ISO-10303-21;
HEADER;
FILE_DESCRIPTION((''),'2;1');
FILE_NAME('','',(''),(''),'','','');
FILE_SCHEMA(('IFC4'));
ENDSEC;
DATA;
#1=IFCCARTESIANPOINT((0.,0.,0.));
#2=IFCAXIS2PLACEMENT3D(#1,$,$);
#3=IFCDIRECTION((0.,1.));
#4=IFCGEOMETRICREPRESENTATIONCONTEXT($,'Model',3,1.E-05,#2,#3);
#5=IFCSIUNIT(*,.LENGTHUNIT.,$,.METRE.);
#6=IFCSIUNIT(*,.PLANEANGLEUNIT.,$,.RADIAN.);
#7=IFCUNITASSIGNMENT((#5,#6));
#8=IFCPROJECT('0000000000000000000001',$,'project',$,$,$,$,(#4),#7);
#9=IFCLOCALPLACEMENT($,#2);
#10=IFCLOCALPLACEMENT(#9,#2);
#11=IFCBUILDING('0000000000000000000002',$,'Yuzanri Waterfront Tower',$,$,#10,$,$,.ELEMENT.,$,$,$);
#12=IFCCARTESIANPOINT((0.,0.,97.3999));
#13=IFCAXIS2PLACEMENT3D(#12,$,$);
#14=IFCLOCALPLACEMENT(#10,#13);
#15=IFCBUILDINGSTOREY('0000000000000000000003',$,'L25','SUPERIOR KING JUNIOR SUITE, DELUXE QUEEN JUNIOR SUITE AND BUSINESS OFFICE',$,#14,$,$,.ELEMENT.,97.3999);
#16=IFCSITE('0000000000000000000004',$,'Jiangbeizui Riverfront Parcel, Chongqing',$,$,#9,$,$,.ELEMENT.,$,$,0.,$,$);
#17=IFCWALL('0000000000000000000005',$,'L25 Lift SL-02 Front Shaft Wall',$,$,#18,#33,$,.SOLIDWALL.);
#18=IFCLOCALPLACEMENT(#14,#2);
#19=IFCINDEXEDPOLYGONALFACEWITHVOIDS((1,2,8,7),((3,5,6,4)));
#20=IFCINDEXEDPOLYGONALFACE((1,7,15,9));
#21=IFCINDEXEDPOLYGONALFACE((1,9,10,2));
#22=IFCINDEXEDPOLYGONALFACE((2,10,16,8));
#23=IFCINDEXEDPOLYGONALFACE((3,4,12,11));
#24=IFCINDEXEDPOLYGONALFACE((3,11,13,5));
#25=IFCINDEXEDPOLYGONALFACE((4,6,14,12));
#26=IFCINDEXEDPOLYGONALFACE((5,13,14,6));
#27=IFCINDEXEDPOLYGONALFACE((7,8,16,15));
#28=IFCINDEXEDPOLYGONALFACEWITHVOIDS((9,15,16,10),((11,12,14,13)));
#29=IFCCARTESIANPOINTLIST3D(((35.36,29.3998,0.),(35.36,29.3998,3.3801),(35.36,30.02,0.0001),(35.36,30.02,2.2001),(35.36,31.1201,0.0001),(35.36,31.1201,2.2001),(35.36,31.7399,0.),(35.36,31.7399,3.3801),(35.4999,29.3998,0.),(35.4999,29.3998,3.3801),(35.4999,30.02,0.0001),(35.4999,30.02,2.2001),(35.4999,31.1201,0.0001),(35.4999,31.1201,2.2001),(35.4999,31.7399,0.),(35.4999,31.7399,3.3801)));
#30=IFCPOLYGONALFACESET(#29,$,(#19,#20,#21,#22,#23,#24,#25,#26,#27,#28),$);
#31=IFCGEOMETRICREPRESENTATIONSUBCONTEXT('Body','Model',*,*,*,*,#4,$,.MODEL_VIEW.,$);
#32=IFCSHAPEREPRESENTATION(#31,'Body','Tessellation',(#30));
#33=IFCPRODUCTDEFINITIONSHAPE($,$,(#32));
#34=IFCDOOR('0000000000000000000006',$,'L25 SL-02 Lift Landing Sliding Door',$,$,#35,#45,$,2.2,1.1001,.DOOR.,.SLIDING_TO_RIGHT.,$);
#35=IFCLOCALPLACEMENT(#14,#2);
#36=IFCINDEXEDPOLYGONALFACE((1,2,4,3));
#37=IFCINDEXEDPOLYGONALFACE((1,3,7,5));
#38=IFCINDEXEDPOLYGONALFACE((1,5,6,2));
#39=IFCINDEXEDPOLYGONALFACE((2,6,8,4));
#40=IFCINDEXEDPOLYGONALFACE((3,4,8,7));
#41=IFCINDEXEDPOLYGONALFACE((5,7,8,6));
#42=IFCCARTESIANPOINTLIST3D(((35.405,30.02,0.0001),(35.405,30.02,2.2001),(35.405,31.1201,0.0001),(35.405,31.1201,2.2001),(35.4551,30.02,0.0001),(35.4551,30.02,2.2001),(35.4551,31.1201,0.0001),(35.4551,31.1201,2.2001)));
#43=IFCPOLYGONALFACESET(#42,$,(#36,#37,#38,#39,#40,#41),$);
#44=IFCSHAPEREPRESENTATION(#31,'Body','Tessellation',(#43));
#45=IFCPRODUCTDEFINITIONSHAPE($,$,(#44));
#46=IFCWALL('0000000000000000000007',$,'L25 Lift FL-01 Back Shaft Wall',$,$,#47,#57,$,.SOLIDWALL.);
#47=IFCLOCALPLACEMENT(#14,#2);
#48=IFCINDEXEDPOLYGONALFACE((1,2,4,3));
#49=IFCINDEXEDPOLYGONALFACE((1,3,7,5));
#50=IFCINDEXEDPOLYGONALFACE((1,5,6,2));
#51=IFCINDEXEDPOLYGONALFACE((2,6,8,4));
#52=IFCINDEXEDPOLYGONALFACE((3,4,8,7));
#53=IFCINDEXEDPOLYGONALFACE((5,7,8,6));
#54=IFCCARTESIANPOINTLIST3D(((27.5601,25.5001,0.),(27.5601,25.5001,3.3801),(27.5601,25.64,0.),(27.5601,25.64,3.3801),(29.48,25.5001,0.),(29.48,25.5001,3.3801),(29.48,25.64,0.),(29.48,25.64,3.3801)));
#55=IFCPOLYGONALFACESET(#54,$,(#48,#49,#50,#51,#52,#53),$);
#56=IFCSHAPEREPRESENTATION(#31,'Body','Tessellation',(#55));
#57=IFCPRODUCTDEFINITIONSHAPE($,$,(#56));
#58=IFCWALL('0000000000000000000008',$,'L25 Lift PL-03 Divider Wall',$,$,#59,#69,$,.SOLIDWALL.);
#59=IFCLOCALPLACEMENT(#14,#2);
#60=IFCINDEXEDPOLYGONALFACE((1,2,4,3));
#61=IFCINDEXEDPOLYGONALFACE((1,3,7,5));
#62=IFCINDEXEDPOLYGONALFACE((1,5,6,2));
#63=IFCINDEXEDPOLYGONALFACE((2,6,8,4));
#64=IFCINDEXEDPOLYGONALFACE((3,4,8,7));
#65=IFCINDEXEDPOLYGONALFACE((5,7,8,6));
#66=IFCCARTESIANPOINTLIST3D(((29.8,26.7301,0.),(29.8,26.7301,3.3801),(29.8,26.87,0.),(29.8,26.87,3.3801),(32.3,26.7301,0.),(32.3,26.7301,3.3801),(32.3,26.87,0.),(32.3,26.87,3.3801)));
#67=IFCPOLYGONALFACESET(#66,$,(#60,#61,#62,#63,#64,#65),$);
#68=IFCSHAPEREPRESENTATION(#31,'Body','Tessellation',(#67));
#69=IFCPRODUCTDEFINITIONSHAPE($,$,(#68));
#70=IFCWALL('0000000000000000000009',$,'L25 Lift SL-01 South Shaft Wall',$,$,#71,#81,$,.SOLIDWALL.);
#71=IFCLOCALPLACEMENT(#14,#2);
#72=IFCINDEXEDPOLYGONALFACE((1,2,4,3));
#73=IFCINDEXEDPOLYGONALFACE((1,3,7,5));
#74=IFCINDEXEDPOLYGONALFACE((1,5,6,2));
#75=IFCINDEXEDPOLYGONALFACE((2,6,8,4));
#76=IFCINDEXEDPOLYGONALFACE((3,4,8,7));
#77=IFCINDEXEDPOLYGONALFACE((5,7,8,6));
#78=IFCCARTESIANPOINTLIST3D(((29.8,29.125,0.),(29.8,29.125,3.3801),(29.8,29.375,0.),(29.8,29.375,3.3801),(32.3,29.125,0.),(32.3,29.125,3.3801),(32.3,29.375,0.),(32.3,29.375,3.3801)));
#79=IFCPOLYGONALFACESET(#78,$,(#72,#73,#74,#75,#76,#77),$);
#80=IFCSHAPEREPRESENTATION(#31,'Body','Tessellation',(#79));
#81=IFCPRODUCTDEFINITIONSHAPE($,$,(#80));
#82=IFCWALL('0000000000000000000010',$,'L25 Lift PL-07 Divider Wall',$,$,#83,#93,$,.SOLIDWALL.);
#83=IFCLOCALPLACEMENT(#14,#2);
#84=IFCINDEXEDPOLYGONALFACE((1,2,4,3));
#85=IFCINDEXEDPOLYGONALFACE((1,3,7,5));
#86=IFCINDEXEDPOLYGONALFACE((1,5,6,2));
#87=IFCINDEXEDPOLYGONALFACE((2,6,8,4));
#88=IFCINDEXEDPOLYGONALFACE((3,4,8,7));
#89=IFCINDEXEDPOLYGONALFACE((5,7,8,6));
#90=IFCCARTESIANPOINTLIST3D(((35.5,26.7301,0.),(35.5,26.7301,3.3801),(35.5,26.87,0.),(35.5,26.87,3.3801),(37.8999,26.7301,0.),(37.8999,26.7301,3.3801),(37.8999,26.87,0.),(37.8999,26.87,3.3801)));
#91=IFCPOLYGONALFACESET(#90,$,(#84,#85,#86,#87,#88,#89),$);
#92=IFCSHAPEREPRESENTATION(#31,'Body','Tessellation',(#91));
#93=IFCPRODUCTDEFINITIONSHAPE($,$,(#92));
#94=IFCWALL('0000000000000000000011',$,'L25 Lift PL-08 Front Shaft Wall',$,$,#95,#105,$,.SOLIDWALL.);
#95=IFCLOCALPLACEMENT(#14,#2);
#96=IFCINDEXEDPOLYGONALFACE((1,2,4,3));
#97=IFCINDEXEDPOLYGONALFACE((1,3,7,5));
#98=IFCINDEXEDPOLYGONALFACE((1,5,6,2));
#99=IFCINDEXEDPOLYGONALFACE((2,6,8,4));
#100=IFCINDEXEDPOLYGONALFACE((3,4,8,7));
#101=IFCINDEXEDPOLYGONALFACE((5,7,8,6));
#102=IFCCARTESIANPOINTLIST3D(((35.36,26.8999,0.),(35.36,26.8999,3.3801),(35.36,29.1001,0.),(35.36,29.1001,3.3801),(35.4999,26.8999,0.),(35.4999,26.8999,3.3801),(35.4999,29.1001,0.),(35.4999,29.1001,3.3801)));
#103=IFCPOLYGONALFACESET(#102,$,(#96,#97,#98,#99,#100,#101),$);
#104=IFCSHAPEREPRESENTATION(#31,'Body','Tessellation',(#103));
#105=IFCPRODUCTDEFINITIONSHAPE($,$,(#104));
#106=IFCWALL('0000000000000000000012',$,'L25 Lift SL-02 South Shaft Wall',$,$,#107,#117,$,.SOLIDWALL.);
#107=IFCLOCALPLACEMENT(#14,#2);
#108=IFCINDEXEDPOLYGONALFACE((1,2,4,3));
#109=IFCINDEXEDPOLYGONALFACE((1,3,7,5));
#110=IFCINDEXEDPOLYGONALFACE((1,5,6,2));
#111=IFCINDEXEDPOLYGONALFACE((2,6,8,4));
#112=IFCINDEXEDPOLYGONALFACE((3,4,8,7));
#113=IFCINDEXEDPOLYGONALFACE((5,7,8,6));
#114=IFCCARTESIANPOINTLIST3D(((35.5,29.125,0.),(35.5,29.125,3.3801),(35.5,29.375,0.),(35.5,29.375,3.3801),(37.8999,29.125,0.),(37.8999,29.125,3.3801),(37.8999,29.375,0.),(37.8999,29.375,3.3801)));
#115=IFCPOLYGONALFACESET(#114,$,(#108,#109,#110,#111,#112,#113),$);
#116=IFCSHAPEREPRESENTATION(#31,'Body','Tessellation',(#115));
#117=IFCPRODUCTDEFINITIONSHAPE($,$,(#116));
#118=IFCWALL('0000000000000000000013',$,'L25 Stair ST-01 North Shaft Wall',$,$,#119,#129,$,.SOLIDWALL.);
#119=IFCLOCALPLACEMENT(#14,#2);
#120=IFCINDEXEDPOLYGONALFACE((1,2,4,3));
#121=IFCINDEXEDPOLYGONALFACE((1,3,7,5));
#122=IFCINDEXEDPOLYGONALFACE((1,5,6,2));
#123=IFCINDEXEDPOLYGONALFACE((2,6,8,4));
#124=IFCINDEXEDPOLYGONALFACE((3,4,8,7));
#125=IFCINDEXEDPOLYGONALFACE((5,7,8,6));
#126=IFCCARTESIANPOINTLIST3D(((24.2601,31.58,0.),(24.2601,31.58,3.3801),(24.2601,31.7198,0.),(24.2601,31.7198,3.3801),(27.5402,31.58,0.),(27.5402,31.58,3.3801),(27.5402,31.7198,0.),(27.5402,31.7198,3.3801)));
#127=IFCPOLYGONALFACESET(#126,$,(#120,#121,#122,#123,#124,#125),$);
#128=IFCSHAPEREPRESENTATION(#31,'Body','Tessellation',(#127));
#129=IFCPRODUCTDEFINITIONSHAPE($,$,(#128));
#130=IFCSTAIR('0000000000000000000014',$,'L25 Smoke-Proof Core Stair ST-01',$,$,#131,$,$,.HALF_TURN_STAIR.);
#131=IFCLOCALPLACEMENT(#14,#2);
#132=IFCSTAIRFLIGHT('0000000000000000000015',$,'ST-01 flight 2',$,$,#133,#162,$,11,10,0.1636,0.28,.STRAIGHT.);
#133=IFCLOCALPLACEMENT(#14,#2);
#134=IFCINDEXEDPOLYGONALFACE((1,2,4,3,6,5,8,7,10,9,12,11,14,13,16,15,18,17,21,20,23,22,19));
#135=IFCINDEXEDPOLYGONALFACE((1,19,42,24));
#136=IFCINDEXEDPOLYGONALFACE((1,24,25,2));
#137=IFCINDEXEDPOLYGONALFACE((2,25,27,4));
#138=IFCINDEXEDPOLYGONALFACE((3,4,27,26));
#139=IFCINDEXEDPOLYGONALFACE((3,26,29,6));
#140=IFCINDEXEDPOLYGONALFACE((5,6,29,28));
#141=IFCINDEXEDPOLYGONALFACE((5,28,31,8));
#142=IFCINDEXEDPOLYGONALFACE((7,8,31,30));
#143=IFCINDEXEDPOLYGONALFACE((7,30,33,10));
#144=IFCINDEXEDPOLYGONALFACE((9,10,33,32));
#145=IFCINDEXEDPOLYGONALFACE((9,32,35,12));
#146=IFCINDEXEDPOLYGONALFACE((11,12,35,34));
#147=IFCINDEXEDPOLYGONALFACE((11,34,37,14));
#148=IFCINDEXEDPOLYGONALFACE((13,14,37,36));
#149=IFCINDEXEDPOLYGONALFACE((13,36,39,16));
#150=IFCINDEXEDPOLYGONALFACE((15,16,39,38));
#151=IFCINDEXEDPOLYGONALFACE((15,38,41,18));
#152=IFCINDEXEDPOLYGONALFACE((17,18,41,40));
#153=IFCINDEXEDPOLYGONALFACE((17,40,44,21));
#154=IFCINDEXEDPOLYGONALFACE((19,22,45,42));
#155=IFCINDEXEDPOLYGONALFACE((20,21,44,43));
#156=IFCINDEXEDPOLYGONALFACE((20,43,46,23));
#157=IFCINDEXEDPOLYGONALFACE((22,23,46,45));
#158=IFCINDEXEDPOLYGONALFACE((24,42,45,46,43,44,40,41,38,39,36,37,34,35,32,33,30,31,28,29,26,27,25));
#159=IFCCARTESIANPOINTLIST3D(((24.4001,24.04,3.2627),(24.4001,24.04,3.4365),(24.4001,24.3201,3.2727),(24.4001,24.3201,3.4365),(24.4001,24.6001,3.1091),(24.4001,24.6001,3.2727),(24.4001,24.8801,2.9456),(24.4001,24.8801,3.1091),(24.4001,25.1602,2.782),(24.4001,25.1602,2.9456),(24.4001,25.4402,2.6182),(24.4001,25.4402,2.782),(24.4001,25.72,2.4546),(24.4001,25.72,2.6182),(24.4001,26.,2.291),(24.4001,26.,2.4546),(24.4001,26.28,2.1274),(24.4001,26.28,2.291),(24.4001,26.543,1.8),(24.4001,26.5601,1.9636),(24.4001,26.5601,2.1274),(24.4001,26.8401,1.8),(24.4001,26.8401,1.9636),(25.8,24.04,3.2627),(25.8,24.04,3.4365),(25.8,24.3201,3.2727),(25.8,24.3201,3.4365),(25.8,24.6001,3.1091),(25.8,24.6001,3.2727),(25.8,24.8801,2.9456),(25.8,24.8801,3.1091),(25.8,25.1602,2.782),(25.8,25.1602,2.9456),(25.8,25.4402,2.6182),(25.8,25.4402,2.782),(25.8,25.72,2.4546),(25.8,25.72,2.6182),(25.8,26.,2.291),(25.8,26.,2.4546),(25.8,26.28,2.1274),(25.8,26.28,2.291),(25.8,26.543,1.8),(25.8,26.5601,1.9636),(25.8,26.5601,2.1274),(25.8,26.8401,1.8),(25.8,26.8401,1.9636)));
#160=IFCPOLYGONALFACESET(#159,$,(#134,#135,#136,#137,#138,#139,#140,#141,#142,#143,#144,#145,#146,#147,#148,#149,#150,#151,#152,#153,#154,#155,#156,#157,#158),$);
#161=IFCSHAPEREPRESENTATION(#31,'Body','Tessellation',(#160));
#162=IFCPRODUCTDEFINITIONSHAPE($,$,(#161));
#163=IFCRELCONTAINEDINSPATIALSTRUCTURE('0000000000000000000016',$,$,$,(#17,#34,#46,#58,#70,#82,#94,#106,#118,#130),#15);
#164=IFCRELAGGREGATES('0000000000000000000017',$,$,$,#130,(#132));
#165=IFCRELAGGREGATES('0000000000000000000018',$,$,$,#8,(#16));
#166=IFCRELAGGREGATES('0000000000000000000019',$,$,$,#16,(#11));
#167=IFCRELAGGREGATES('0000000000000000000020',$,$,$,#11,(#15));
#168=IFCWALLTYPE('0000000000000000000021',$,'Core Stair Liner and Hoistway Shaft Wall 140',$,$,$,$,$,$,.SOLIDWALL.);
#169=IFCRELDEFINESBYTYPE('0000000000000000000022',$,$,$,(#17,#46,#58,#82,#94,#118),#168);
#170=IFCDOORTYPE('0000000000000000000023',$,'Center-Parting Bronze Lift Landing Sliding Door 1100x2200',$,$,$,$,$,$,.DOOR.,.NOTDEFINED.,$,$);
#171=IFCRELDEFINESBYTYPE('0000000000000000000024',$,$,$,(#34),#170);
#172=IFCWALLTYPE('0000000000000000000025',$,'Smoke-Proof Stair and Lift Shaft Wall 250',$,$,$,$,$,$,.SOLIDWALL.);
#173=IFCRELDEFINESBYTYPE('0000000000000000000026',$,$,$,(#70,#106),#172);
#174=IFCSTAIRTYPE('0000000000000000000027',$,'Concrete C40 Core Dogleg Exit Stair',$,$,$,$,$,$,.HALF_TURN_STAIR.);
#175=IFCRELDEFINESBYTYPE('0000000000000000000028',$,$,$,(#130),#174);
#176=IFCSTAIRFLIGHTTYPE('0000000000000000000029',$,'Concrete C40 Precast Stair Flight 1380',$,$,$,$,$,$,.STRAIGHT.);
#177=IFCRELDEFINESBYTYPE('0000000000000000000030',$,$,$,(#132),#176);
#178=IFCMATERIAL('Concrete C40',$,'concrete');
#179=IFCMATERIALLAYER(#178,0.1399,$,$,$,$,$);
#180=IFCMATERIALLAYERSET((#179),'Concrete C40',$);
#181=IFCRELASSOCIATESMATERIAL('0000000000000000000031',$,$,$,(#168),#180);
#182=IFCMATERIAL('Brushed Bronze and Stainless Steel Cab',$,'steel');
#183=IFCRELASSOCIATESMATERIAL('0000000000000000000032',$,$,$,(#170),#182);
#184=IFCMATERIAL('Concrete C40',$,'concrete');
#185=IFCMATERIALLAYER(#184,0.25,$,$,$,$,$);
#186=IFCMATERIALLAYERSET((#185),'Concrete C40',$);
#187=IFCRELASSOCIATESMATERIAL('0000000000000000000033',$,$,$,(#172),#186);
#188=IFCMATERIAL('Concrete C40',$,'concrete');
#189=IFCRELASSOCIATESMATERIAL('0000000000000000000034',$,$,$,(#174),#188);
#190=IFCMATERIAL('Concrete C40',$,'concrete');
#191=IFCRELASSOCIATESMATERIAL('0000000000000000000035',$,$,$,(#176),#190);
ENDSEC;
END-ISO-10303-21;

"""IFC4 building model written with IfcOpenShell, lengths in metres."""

from ifc_helpers import new_model, si_unit, direction, frame, frame_2d, origin, place, context, subcontext, project, spatial, polyline, rectangle, outline, extrude, source, transform, mapped, material, layer, layer_set, type_object, element, fill, aggregate, save


model = new_model("IFC4")

# Units and contexts
model_context = context("Model", 3, precision=1e-05, world=origin(), true_north=direction((0.0, 1.0)))
body_context = subcontext(model_context, "Body", "Model", "MODEL_VIEW")
ifc_project = project(units=[si_unit("LENGTHUNIT", "METRE"), si_unit("PLANEANGLEUNIT", "RADIAN")], contexts=[model_context])

# Site, building, storey
site_placement = place(None, origin())
site = spatial("IfcSite", under=ifc_project, at=site_placement, Name="Jiangbeizui Riverfront Parcel, Chongqing", CompositionType="ELEMENT", RefElevation=0.0)
building_placement = place(site_placement, origin())
building = spatial("IfcBuilding", under=site, at=building_placement, Name="Yuzanri Waterfront Tower", CompositionType="ELEMENT")
storey_placement = place(building_placement, frame((0.0, 0.0, 97.3999)))
storey = spatial("IfcBuildingStorey", under=building, at=storey_placement, Name="L25", Description="SUPERIOR KING JUNIOR SUITE, DELUXE QUEEN JUNIOR SUITE AND BUSINESS OFFICE", CompositionType="ELEMENT", Elevation=97.3999)

# Wall, opening, door
ifc_material_1 = material(Name="Concrete C40", Category="concrete")
ifc_layer_1 = layer(ifc_material_1, 0.1399)
ifc_layer_set_1 = layer_set([ifc_layer_1], Name="Concrete C40")
wall_type_1 = type_object("IfcWallType", Name="Core Stair Liner and Hoistway Shaft Wall 140", PredefinedType="SOLIDWALL", material=ifc_layer_set_1)
ifc_material_2 = material(Name="Brushed Bronze and Stainless Steel Cab", Category="steel")
door_type_1 = type_object("IfcDoorType", Name="Center-Parting Bronze Lift Landing Sliding Door 1100x2200", OperationType="NOTDEFINED", PredefinedType="DOOR", material=ifc_material_2)
shared_shape_1 = source(origin(), body_context, "Body", "SweptSolid", [
    extrude(rectangle(XDim=1.1001, YDim=2.2, at=frame_2d((0.55, 1.1001))), frame((0.0, 0.0249, 0.0), z_axis=(0.0, -1.0, 0.0), x_axis=(1.0, 0.0, 0.0)), (0.0, 0.0, 1.0), 0.05),
])
wall_1_placement = place(storey_placement, frame((35.4299, 29.3999, 0.0), z_axis=(0.0, 0.0, 1.0), x_axis=(0.0, 1.0, 0.0)))
wall_1 = element("IfcWall", 1, at=wall_1_placement, inside=storey, type_object=wall_type_1, Name="L25 Lift SL-02 Front Shaft Wall", PredefinedType="SOLIDWALL", context=body_context, shape_type="SweptSolid", body=[
    extrude(rectangle(XDim=2.3401, YDim=0.1399, at=frame_2d((1.1699, 0.0))), origin(), (0.0, 0.0, 1.0), 3.3801),
])
opening_1_placement = place(wall_1_placement, frame((0.6201, 0.0, 0.0)))
opening_1 = element("IfcOpeningElement", 2, at=opening_1_placement, cuts=wall_1, PredefinedType="OPENING", context=body_context, shape_type="SweptSolid", body=[
    extrude(rectangle(XDim=1.1001, YDim=2.2, at=frame_2d((0.55, 1.1001))), frame((0.0, 0.085, 0.0), z_axis=(0.0, -1.0, 0.0), x_axis=(1.0, 0.0, 0.0)), (0.0, 0.0, 1.0), 0.1697),
])
door_1_placement = place(opening_1_placement, origin())
door_1 = element("IfcDoor", 3, at=door_1_placement, inside=storey, type_object=door_type_1, Name="L25 SL-02 Lift Landing Sliding Door", OperationType="SLIDING_TO_RIGHT", OverallHeight=2.2, OverallWidth=1.1001, PredefinedType="DOOR", context=body_context, shape_type="MappedRepresentation", body=[
    mapped(shared_shape_1, transform((0.0, 0.0, 0.0), scale=1.0)),
])
fill(opening_1, door_1)

# Walls
shared_shape_2 = source(origin(), body_context, "Body", "SweptSolid", [
    extrude(rectangle(XDim=1.9199, YDim=0.1399, at=frame_2d((0.96, 0.0))), origin(), (0.0, 0.0, 1.0), 3.3801),
])
wall_2_placement = place(storey_placement, frame((27.5601, 25.5701, 0.0), z_axis=(0.0, 0.0, 1.0), x_axis=(1.0, 0.0, 0.0)))
element("IfcWall", 4, at=wall_2_placement, inside=storey, type_object=wall_type_1, Name="L25 Lift FL-01 Back Shaft Wall", PredefinedType="SOLIDWALL", context=body_context, shape_type="MappedRepresentation", body=[
    mapped(shared_shape_2, transform((0.0, 0.0, 0.0), scale=1.0)),
])
shared_shape_3 = source(origin(), body_context, "Body", "SweptSolid", [
    extrude(rectangle(XDim=2.5, YDim=0.1399, at=frame_2d((1.25, 0.0))), origin(), (0.0, 0.0, 1.0), 3.3801),
])
wall_3_placement = place(storey_placement, frame((29.8, 26.8, 0.0), z_axis=(0.0, 0.0, 1.0), x_axis=(1.0, 0.0, 0.0)))
element("IfcWall", 5, at=wall_3_placement, inside=storey, type_object=wall_type_1, Name="L25 Lift PL-03 Divider Wall", PredefinedType="SOLIDWALL", context=body_context, shape_type="MappedRepresentation", body=[
    mapped(shared_shape_3, transform((0.0, 0.0, 0.0), scale=1.0)),
])
ifc_material_3 = material(Name="Concrete C40", Category="concrete")
ifc_layer_2 = layer(ifc_material_3, 0.25)
ifc_layer_set_2 = layer_set([ifc_layer_2], Name="Concrete C40")
wall_type_2 = type_object("IfcWallType", Name="Smoke-Proof Stair and Lift Shaft Wall 250", PredefinedType="SOLIDWALL", material=ifc_layer_set_2)
shared_shape_4 = source(origin(), body_context, "Body", "SweptSolid", [
    extrude(rectangle(XDim=2.5, YDim=0.25, at=frame_2d((1.25, 0.0))), origin(), (0.0, 0.0, 1.0), 3.3801),
])
wall_4_placement = place(storey_placement, frame((29.8, 29.25, 0.0), z_axis=(0.0, 0.0, 1.0), x_axis=(1.0, 0.0, 0.0)))
element("IfcWall", 6, at=wall_4_placement, inside=storey, type_object=wall_type_2, Name="L25 Lift SL-01 South Shaft Wall", PredefinedType="SOLIDWALL", context=body_context, shape_type="MappedRepresentation", body=[
    mapped(shared_shape_4, transform((0.0, 0.0, 0.0), scale=1.0)),
])
shared_shape_5 = source(origin(), body_context, "Body", "SweptSolid", [
    extrude(rectangle(XDim=2.3999, YDim=0.1399, at=frame_2d((1.2, 0.0))), origin(), (0.0, 0.0, 1.0), 3.3801),
])
wall_5_placement = place(storey_placement, frame((35.5, 26.8, 0.0), z_axis=(0.0, 0.0, 1.0), x_axis=(1.0, 0.0, 0.0)))
element("IfcWall", 7, at=wall_5_placement, inside=storey, type_object=wall_type_1, Name="L25 Lift PL-07 Divider Wall", PredefinedType="SOLIDWALL", context=body_context, shape_type="MappedRepresentation", body=[
    mapped(shared_shape_5, transform((0.0, 0.0, 0.0), scale=1.0)),
])
shared_shape_6 = source(origin(), body_context, "Body", "SweptSolid", [
    extrude(rectangle(XDim=2.2002, YDim=0.1399, at=frame_2d((1.1001, 0.0))), origin(), (0.0, 0.0, 1.0), 3.3801),
])
wall_6_placement = place(storey_placement, frame((35.4299, 26.8999, 0.0), z_axis=(0.0, 0.0, 1.0), x_axis=(0.0, 1.0, 0.0)))
element("IfcWall", 8, at=wall_6_placement, inside=storey, type_object=wall_type_1, Name="L25 Lift PL-08 Front Shaft Wall", PredefinedType="SOLIDWALL", context=body_context, shape_type="MappedRepresentation", body=[
    mapped(shared_shape_6, transform((0.0, 0.0, 0.0), scale=1.0)),
])
shared_shape_7 = source(origin(), body_context, "Body", "SweptSolid", [
    extrude(rectangle(XDim=2.3999, YDim=0.25, at=frame_2d((1.2, 0.0))), origin(), (0.0, 0.0, 1.0), 3.3801),
])
wall_7_placement = place(storey_placement, frame((35.5, 29.25, 0.0), z_axis=(0.0, 0.0, 1.0), x_axis=(1.0, 0.0, 0.0)))
element("IfcWall", 9, at=wall_7_placement, inside=storey, type_object=wall_type_2, Name="L25 Lift SL-02 South Shaft Wall", PredefinedType="SOLIDWALL", context=body_context, shape_type="MappedRepresentation", body=[
    mapped(shared_shape_7, transform((0.0, 0.0, 0.0), scale=1.0)),
])
shared_shape_8 = source(origin(), body_context, "Body", "SweptSolid", [
    extrude(rectangle(XDim=3.28, YDim=0.1399, at=frame_2d((1.6401, 0.0))), origin(), (0.0, 0.0, 1.0), 3.3801),
])
wall_8_placement = place(storey_placement, frame((24.26, 31.6499, 0.0), z_axis=(0.0, 0.0, 1.0), x_axis=(1.0, 0.0, 0.0)))
element("IfcWall", 10, at=wall_8_placement, inside=storey, type_object=wall_type_1, Name="L25 Stair ST-01 North Shaft Wall", PredefinedType="SOLIDWALL", context=body_context, shape_type="MappedRepresentation", body=[
    mapped(shared_shape_8, transform((0.0, 0.0, 0.0), scale=1.0)),
])

# Stair, stair flight
ifc_material_4 = material(Name="Concrete C40", Category="concrete")
stair_type = type_object("IfcStairType", Name="Concrete C40 Core Dogleg Exit Stair", PredefinedType="HALF_TURN_STAIR", material=ifc_material_4)
stair_placement = place(storey_placement, origin())
stair = element("IfcStair", 11, at=stair_placement, inside=storey, type_object=stair_type, Name="L25 Smoke-Proof Core Stair ST-01", PredefinedType="HALF_TURN_STAIR")
ifc_material_5 = material(Name="Concrete C40", Category="concrete")
stair_flight_type = type_object("IfcStairFlightType", Name="Concrete C40 Precast Stair Flight 1380", PredefinedType="STRAIGHT", material=ifc_material_5)
shared_shape_9 = source(origin(), body_context, "Body", "SweptSolid", [
    extrude(outline(polyline([(0.0, 0.0), (0.0, 0.1636), (0.28, 0.1636), (0.28, 0.3274), (0.5601, 0.3274), (0.5601, 0.491), (0.8401, 0.491), (0.8401, 0.6545), (1.1201, 0.6545), (1.1201, 0.8181), (1.3999, 0.8181), (1.3999, 0.9819), (1.6799, 0.9819), (1.6799, 1.1455), (1.96, 1.1455), (1.96, 1.3091), (2.24, 1.3091), (2.24, 1.4727), (2.52, 1.4727), (2.52, 1.6365), (2.8, 1.6365), (2.8, 1.8), (2.8, 1.4626), (0.2971, 0.0), (0.0, 0.0)])), frame((0.0, 0.7, 0.0), z_axis=(0.0, -1.0, 0.0), x_axis=(1.0, 0.0, 0.0)), (0.0, 0.0, 1.0), 1.3999),
])
stair_flight_placement = place(storey_placement, frame((25.1001, 26.8401, 1.8), z_axis=(0.0, 0.0, 1.0), x_axis=(0.0, -1.0, 0.0)))
stair_flight = element("IfcStairFlight", 12, at=stair_flight_placement, type_object=stair_flight_type, Name="ST-01 flight 2", NumberOfRisers=11, NumberOfTreads=10, PredefinedType="STRAIGHT", RiserHeight=0.1636, TreadLength=0.28, context=body_context, shape_type="MappedRepresentation", body=[
    mapped(shared_shape_9, transform((0.0, 0.0, 0.0), scale=1.0)),
])
aggregate(stair, [stair_flight])

save(model, "model.ifc")
